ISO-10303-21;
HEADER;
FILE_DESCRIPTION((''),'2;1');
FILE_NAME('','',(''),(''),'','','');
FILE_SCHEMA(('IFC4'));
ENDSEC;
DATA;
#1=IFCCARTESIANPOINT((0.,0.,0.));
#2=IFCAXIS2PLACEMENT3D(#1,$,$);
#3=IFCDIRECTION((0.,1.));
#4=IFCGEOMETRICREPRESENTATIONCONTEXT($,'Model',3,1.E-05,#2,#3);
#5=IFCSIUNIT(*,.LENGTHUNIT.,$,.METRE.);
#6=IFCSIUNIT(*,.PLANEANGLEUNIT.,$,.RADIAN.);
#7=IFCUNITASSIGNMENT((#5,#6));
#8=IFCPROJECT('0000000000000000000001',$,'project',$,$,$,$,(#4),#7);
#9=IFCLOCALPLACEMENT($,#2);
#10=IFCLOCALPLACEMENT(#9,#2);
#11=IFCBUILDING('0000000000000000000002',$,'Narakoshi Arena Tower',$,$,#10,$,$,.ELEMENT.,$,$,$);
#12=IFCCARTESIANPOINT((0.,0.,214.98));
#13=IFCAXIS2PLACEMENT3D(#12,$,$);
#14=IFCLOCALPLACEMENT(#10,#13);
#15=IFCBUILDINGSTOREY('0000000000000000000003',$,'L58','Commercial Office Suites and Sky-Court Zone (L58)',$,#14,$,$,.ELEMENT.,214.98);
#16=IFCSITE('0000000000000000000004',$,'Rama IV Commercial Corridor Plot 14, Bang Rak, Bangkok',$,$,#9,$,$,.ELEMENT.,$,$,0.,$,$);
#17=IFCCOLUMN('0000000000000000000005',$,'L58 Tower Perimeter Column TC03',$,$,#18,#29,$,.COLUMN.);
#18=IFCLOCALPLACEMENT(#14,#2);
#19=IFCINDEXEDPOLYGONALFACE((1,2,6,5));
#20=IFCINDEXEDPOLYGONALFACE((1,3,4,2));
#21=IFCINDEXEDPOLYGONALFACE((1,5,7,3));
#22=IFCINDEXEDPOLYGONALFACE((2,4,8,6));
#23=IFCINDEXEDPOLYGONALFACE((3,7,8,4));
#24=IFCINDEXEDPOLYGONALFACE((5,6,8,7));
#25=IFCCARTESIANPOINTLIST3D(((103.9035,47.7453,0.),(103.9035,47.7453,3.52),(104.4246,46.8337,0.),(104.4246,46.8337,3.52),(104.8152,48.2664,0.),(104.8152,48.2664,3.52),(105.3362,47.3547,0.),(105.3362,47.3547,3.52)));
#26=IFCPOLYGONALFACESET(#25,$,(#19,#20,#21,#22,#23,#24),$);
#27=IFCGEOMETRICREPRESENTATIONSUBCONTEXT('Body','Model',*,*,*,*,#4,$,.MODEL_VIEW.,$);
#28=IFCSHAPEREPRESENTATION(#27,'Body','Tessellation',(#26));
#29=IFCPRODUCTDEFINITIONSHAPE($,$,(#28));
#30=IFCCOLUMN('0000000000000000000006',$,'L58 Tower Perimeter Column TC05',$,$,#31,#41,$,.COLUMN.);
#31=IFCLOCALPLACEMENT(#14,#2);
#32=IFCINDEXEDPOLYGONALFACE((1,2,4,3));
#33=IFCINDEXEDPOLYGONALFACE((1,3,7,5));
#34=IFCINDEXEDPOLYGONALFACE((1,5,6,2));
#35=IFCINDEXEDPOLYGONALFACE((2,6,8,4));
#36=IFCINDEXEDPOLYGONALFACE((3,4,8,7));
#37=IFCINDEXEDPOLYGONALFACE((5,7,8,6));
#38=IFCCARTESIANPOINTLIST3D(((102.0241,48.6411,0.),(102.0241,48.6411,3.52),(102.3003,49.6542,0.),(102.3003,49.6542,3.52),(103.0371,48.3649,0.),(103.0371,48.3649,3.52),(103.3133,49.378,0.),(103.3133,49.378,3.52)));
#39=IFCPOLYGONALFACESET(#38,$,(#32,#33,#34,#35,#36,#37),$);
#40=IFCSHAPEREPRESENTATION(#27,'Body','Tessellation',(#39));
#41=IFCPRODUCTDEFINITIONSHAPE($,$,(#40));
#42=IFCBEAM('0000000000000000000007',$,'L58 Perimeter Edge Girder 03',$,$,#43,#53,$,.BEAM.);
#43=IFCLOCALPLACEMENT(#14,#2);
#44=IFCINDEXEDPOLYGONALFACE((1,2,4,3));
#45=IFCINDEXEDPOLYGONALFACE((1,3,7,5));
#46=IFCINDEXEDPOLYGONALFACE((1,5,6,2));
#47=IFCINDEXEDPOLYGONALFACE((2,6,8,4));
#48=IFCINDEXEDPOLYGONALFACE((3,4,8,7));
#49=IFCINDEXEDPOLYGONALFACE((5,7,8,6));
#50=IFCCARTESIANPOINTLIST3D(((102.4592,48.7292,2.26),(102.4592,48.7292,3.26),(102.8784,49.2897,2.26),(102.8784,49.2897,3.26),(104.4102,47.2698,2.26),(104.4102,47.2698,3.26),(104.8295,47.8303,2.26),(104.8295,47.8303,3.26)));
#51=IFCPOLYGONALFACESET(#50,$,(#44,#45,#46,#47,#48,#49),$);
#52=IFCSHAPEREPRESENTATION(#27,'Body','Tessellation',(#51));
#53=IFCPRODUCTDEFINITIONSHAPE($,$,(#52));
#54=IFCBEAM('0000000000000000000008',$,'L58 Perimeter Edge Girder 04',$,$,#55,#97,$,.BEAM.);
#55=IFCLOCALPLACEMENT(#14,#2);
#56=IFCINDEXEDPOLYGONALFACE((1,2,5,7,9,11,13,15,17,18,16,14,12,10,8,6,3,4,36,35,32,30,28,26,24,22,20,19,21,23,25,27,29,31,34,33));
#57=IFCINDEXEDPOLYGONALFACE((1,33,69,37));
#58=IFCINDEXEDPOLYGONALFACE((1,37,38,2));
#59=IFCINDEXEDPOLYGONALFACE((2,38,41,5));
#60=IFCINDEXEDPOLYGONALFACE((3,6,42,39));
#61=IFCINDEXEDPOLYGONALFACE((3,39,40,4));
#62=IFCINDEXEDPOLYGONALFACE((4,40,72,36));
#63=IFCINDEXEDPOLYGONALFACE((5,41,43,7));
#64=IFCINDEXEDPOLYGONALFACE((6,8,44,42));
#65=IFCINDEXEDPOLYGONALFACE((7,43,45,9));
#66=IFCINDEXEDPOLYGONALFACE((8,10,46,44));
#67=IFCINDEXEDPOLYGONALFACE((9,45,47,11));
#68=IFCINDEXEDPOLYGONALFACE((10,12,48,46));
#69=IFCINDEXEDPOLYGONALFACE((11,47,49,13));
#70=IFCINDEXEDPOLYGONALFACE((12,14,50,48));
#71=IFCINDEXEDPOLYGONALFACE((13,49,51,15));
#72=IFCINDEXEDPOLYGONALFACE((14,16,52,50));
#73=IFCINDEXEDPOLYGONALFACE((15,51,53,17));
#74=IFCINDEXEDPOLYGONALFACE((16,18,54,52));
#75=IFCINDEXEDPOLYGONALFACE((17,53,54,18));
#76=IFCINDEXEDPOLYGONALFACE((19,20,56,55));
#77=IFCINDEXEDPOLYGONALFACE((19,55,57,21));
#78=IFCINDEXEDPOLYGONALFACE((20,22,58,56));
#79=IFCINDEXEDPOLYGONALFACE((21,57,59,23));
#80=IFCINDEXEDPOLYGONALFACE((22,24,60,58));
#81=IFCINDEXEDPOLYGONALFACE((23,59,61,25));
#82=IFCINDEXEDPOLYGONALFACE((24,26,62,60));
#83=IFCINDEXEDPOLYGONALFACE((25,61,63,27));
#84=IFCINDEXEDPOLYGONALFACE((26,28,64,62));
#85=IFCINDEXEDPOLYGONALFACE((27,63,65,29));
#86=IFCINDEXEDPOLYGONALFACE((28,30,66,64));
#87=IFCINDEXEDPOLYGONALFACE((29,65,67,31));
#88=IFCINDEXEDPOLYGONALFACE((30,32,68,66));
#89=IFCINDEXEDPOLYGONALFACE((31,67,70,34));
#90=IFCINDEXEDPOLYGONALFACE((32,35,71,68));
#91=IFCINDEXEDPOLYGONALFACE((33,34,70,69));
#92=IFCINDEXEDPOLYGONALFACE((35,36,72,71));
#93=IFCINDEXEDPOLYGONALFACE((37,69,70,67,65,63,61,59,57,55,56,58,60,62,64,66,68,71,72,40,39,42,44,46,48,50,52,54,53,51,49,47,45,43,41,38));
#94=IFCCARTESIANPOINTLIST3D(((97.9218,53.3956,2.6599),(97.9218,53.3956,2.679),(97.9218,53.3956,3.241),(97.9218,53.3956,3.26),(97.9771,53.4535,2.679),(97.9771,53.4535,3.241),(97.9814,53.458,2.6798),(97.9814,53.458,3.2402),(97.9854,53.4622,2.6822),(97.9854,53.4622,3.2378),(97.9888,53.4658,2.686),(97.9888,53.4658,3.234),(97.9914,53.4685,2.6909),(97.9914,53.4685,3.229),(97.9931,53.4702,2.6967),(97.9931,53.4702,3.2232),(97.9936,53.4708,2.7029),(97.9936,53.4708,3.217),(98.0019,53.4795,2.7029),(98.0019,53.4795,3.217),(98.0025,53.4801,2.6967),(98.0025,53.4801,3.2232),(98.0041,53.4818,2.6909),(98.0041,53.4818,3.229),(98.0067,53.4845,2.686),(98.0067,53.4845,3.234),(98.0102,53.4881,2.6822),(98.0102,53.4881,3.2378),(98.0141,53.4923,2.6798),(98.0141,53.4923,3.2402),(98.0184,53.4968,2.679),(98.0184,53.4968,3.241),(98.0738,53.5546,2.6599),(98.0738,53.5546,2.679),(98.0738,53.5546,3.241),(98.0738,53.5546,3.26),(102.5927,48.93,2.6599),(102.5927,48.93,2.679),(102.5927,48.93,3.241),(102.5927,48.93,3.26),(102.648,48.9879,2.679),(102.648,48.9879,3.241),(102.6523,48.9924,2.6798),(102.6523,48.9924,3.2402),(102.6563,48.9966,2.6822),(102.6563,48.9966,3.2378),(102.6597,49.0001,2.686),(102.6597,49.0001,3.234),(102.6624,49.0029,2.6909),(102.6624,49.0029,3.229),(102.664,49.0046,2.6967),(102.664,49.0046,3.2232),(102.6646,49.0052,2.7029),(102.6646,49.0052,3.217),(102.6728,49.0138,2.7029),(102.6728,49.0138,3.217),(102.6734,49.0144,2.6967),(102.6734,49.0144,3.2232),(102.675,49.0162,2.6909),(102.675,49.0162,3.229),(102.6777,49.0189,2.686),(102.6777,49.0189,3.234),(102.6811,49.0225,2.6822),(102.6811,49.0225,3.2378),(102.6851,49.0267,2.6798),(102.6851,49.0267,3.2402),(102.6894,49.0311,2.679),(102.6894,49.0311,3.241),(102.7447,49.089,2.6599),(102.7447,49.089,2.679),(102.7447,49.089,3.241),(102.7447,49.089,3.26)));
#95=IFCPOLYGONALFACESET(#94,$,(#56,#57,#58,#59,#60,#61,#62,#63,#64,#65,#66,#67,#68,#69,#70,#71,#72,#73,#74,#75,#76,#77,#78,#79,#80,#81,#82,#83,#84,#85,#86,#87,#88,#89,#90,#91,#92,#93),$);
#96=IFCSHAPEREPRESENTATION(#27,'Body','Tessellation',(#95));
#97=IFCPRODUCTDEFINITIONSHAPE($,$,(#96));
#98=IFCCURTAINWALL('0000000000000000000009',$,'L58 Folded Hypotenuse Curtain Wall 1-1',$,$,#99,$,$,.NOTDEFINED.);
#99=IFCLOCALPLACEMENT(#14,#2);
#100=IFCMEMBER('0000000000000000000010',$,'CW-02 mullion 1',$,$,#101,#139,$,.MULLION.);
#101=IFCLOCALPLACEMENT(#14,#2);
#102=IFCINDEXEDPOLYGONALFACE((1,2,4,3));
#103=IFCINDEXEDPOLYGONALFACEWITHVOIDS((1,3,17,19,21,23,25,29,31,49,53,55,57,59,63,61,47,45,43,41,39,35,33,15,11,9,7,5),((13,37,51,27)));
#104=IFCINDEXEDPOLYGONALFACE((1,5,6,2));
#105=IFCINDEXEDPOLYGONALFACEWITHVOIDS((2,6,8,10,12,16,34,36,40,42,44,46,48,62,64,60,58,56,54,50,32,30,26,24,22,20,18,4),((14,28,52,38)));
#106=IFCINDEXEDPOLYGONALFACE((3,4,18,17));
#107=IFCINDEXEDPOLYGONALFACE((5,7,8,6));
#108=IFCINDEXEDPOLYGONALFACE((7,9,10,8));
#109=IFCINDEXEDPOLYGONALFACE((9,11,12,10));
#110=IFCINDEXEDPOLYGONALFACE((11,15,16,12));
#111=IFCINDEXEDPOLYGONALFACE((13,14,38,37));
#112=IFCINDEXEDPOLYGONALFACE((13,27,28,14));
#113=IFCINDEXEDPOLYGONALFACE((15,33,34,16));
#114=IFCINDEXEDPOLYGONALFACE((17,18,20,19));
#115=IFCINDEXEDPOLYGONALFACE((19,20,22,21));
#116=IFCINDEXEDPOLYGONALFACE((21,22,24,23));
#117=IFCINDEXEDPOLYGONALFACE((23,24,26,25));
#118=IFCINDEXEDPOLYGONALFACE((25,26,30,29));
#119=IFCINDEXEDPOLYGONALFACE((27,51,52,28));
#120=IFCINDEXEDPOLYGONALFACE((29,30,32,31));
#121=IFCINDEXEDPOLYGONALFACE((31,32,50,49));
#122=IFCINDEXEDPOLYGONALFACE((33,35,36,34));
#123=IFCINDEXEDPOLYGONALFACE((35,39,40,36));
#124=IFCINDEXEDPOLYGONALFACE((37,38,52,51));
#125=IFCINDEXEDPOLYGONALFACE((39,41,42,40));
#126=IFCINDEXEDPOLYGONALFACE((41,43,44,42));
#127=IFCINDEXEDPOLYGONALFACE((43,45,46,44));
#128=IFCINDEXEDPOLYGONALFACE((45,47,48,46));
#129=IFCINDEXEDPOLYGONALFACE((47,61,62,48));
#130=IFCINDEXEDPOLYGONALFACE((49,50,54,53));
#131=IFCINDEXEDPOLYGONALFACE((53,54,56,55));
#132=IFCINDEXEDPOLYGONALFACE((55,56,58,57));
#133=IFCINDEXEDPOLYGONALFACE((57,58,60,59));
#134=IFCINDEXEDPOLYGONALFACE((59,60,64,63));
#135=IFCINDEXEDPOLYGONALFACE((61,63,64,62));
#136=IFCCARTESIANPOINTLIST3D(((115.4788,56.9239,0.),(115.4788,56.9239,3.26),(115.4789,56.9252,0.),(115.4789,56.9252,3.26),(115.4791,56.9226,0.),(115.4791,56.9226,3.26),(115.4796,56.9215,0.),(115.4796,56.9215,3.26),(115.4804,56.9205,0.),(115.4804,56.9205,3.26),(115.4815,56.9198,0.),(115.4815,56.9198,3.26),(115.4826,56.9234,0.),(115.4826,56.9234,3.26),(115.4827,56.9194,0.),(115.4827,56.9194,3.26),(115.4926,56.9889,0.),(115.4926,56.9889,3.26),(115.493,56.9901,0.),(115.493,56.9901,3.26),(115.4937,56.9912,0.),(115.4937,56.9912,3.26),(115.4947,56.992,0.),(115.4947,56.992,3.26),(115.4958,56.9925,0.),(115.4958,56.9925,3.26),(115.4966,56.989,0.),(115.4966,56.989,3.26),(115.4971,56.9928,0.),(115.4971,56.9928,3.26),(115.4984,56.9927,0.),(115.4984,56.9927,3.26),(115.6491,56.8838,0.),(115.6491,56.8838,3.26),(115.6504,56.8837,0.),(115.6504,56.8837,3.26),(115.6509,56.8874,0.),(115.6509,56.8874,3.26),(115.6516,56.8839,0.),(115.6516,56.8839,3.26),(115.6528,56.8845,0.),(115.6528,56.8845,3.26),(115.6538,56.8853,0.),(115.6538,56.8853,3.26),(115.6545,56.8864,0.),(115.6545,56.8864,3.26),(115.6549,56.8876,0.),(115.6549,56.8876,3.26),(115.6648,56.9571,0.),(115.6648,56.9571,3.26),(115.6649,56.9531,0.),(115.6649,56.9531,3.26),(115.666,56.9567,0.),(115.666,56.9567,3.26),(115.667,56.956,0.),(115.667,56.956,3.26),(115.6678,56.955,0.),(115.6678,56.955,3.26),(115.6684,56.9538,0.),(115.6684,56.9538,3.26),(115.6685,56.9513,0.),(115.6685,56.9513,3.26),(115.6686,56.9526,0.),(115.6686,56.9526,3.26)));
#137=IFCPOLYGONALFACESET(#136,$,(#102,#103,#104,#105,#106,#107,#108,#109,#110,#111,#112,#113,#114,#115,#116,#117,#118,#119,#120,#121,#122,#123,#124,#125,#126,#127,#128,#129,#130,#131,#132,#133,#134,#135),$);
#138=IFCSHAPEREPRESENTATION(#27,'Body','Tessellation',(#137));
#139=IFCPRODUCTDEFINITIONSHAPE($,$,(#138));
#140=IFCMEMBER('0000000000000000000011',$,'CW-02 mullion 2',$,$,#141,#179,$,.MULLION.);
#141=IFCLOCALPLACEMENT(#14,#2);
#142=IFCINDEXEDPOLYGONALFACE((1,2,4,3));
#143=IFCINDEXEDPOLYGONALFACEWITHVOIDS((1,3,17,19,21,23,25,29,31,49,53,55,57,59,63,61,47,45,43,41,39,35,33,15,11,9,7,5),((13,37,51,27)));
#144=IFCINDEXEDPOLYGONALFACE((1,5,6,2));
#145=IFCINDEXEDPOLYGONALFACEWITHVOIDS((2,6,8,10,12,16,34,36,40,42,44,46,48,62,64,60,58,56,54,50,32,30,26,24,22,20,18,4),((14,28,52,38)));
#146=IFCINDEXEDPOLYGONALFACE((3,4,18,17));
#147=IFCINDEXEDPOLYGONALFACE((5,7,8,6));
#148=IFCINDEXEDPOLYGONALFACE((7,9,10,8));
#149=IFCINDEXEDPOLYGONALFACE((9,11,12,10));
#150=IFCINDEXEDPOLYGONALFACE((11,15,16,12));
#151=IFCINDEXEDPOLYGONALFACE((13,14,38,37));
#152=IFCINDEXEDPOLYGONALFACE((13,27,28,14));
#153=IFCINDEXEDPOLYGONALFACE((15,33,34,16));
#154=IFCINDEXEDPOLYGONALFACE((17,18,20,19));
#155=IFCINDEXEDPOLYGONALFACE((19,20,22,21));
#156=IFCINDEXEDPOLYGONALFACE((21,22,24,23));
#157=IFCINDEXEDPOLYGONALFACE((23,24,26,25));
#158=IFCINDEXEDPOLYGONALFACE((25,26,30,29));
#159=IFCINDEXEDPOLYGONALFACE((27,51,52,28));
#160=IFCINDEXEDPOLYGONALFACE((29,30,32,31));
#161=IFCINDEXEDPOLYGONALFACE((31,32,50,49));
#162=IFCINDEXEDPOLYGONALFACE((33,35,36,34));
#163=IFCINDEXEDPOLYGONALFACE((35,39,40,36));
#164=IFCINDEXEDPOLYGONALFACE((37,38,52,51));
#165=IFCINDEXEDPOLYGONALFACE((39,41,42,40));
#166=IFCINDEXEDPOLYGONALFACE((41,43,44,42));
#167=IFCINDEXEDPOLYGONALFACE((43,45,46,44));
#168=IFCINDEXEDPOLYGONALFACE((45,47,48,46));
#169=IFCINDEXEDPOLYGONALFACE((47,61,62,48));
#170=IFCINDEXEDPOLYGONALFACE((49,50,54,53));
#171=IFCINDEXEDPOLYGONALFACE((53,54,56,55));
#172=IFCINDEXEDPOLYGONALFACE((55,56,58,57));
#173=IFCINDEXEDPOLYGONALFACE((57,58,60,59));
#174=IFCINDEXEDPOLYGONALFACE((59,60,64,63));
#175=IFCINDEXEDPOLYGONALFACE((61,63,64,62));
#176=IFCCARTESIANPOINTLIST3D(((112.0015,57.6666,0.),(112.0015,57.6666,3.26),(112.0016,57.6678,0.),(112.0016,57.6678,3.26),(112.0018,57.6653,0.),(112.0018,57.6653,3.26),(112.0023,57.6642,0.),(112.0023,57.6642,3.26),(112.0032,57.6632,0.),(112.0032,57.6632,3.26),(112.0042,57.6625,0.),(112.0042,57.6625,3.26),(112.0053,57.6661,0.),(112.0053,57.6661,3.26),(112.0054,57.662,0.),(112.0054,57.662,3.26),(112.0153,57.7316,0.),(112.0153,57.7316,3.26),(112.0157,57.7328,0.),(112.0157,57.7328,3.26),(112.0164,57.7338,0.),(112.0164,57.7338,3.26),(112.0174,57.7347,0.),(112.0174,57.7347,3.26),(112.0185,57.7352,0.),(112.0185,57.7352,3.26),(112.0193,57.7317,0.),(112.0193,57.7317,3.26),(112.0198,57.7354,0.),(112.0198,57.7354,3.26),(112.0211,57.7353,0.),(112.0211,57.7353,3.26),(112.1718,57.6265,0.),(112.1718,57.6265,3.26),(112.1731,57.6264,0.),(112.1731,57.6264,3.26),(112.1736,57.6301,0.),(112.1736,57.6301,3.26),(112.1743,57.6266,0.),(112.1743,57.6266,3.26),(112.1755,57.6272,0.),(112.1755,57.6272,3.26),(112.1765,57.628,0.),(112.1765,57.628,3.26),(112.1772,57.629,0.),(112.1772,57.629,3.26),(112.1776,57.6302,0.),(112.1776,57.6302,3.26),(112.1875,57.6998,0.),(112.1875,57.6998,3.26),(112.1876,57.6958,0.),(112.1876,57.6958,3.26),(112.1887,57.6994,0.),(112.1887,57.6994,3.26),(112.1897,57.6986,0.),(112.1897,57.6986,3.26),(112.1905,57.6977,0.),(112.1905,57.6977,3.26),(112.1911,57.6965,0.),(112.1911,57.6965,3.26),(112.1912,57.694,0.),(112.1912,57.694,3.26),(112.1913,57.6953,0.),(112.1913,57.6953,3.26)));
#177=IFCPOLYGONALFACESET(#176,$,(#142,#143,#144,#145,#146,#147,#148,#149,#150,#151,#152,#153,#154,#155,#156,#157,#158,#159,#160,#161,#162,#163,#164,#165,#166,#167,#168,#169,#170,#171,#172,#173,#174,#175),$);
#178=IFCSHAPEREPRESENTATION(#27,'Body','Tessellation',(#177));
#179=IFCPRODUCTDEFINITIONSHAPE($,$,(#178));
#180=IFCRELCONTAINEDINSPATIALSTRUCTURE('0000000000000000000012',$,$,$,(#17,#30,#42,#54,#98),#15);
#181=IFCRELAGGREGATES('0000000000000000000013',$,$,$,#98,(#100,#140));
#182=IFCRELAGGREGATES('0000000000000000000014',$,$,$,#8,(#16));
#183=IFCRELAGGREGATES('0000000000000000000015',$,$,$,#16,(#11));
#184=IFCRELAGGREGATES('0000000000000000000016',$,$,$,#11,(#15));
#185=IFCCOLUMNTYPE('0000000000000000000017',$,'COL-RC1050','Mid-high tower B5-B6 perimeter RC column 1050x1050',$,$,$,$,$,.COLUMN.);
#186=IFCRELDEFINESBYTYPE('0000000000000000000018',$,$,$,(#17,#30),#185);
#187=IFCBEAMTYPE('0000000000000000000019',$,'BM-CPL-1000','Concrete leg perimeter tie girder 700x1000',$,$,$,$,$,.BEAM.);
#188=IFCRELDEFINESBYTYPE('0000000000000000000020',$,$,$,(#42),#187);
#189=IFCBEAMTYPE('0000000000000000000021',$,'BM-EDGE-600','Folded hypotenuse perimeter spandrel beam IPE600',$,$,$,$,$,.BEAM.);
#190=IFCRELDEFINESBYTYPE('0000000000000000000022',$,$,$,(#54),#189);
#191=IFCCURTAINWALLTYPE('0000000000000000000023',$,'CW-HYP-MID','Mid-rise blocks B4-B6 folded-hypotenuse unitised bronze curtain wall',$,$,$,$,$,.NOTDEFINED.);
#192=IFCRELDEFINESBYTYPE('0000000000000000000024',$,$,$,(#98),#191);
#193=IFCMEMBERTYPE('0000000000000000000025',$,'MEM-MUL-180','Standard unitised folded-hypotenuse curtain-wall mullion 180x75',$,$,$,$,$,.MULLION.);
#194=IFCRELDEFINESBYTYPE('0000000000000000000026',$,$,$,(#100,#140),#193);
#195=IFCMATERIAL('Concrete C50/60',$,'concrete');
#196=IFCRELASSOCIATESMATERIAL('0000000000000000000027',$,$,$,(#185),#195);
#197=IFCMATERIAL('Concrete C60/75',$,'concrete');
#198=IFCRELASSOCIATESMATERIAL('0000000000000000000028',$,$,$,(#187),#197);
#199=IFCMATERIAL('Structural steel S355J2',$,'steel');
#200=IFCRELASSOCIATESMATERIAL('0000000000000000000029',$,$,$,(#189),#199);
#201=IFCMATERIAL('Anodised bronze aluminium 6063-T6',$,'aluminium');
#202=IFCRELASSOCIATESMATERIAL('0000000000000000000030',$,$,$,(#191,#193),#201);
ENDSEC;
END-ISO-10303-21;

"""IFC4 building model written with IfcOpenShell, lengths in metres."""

from ifc_helpers import new_model, si_unit, direction, frame, origin, origin_2d, place, context, subcontext, project, spatial, rectangle, hollow_rectangle, i_section, extrude, material, material_profile, profile_set, type_object, element, aggregate, save


model = new_model("IFC4")

# Units and contexts
model_context = context("Model", 3, precision=1e-05, world=origin(), true_north=direction((0.0, 1.0)))
body_context = subcontext(model_context, "Body", "Model", "MODEL_VIEW")
ifc_project = project(units=[si_unit("LENGTHUNIT", "METRE"), si_unit("PLANEANGLEUNIT", "RADIAN")], contexts=[model_context])

# Site, building, storey
site_placement = place(None, origin())
site = spatial("IfcSite", under=ifc_project, at=site_placement, Name="Rama IV Commercial Corridor Plot 14, Bang Rak, Bangkok", CompositionType="ELEMENT", RefElevation=0.0)
building_placement = place(site_placement, origin())
building = spatial("IfcBuilding", under=site, at=building_placement, Name="Narakoshi Arena Tower", CompositionType="ELEMENT")
storey_placement = place(building_placement, frame((0.0, 0.0, 214.98)))
storey = spatial("IfcBuildingStorey", under=building, at=storey_placement, Name="L58", Description="Commercial Office Suites and Sky-Court Zone (L58)", CompositionType="ELEMENT", Elevation=214.98)

# Columns
ifc_material_1 = material(Name="Concrete C50/60", Category="concrete")
ifc_material_profile_1 = material_profile(ifc_material_1, rectangle(XDim=1.05, YDim=1.05, at=origin_2d()), Name="RC1050x1050")
ifc_profile_set_1 = profile_set([ifc_material_profile_1], Name="Concrete C50/60")
column_type = type_object("IfcColumnType", Name="COL-RC1050", Description="Mid-high tower B5-B6 perimeter RC column 1050x1050", PredefinedType="COLUMN", material=ifc_profile_set_1)
for number, where, z_axis, x_axis, name in (
    (1, (104.6199, 47.55, 0.0), (0.0, 0.0, 1.0), (0.868199, 0.496217, 0.0), "L58 Tower Perimeter Column TC03"),
    (2, (102.6687, 49.0095, 0.0), (0.0, 0.0, 1.0), (0.263031, 0.964787, 0.0), "L58 Tower Perimeter Column TC05"),
):
    element("IfcColumn", number, at=place(storey_placement, frame(where, z_axis=z_axis, x_axis=x_axis)), inside=storey, type_object=column_type, Name=name, PredefinedType="COLUMN", context=body_context, shape_type="SweptSolid", body=[
        extrude(rectangle(XDim=1.05, YDim=1.05, at=origin_2d()), origin(), (0.0, 0.0, 1.0), 3.52),
    ])

# Beams
ifc_material_2 = material(Name="Concrete C60/75", Category="concrete")
ifc_material_profile_2 = material_profile(ifc_material_2, rectangle(XDim=0.7, YDim=1.0, at=origin_2d()), Name="RCB700x1000")
ifc_profile_set_2 = profile_set([ifc_material_profile_2], Name="Concrete C60/75")
beam_type_1 = type_object("IfcBeamType", Name="BM-CPL-1000", Description="Concrete leg perimeter tie girder 700x1000", PredefinedType="BEAM", material=ifc_profile_set_2)
beam_1_placement = place(storey_placement, frame((104.6199, 47.55, 2.76), z_axis=(-0.800769, 0.598973, 0.0), x_axis=(-0.598973, -0.800769, 0.0)))
element("IfcBeam", 3, at=beam_1_placement, inside=storey, type_object=beam_type_1, Name="L58 Perimeter Edge Girder 03", PredefinedType="BEAM", context=body_context, shape_type="SweptSolid", body=[
    extrude(rectangle(XDim=0.7, YDim=1.0, at=origin_2d()), origin(), (0.0, 0.0, 1.0), 2.4365),
])
ifc_material_3 = material(Name="Structural steel S355J2", Category="steel")
ifc_material_profile_3 = material_profile(ifc_material_3, i_section(OverallWidth=0.22, OverallDepth=0.6001, WebThickness=0.012, FlangeThickness=0.019, FilletRadius=0.0239, at=origin_2d()), Name="IPE600")
ifc_profile_set_3 = profile_set([ifc_material_profile_3], Name="Structural steel S355J2")
beam_type_2 = type_object("IfcBeamType", Name="BM-EDGE-600", Description="Folded hypotenuse perimeter spandrel beam IPE600", PredefinedType="BEAM", material=ifc_profile_set_3)
beam_2_placement = place(storey_placement, frame((102.6687, 49.0095, 2.96), z_axis=(-0.722815, 0.691042, 0.0), x_axis=(-0.691042, -0.722815, 0.0)))
element("IfcBeam", 4, at=beam_2_placement, inside=storey, type_object=beam_type_2, Name="L58 Perimeter Edge Girder 04", PredefinedType="BEAM", context=body_context, shape_type="SweptSolid", body=[
    extrude(i_section(OverallWidth=0.22, OverallDepth=0.6001, WebThickness=0.012, FlangeThickness=0.019, FilletRadius=0.0239, at=origin_2d()), origin(), (0.0, 0.0, 1.0), 6.4622),
])

# Curtain wall, members
ifc_material_4 = material(Name="Anodised bronze aluminium 6063-T6", Category="aluminium")
curtain_wall_type = type_object("IfcCurtainWallType", Name="CW-HYP-MID", Description="Mid-rise blocks B4-B6 folded-hypotenuse unitised bronze curtain wall", PredefinedType="NOTDEFINED", material=ifc_material_4)
curtain_wall_placement = place(storey_placement, origin())
curtain_wall = element("IfcCurtainWall", 5, at=curtain_wall_placement, inside=storey, type_object=curtain_wall_type, Name="L58 Folded Hypotenuse Curtain Wall 1-1", PredefinedType="NOTDEFINED")
ifc_material_profile_4 = material_profile(ifc_material_4, hollow_rectangle(XDim=0.075, YDim=0.1799, WallThickness=0.0039, OuterFilletRadius=0.0049, at=origin_2d()), Name="MUL180x75x4")
ifc_profile_set_4 = profile_set([ifc_material_profile_4], Name="Anodised bronze aluminium 6063-T6")
member_type_1 = type_object("IfcMemberType", Name="MEM-MUL-180", Description="Standard unitised folded-hypotenuse curtain-wall mullion 180x75", PredefinedType="MULLION", material=ifc_profile_set_4)
member_1_placement = place(storey_placement, frame((115.5737, 56.9382, 0.0), z_axis=(0.0, 0.0, 1.0), x_axis=(-0.208899, -0.977937, 0.0)))
member_1 = element("IfcMember", 6, at=member_1_placement, type_object=member_type_1, Name="CW-02 mullion 1", PredefinedType="MULLION", context=body_context, shape_type="SweptSolid", body=[
    extrude(hollow_rectangle(XDim=0.075, YDim=0.1799, WallThickness=0.0039, OuterFilletRadius=0.0049, at=origin_2d()), origin(), (0.0, 0.0, 1.0), 3.26),
])
member_2_placement = place(storey_placement, frame((112.0964, 57.6809, 0.0), z_axis=(0.0, 0.0, 1.0), x_axis=(-0.208899, -0.977937, 0.0)))
member_2 = element("IfcMember", 7, at=member_2_placement, type_object=member_type_1, Name="CW-02 mullion 2", PredefinedType="MULLION", context=body_context, shape_type="SweptSolid", body=[
    extrude(hollow_rectangle(XDim=0.075, YDim=0.1799, WallThickness=0.0039, OuterFilletRadius=0.0049, at=origin_2d()), origin(), (0.0, 0.0, 1.0), 3.26),
])
aggregate(curtain_wall, [member_1, member_2])

save(model, "model.ifc")
